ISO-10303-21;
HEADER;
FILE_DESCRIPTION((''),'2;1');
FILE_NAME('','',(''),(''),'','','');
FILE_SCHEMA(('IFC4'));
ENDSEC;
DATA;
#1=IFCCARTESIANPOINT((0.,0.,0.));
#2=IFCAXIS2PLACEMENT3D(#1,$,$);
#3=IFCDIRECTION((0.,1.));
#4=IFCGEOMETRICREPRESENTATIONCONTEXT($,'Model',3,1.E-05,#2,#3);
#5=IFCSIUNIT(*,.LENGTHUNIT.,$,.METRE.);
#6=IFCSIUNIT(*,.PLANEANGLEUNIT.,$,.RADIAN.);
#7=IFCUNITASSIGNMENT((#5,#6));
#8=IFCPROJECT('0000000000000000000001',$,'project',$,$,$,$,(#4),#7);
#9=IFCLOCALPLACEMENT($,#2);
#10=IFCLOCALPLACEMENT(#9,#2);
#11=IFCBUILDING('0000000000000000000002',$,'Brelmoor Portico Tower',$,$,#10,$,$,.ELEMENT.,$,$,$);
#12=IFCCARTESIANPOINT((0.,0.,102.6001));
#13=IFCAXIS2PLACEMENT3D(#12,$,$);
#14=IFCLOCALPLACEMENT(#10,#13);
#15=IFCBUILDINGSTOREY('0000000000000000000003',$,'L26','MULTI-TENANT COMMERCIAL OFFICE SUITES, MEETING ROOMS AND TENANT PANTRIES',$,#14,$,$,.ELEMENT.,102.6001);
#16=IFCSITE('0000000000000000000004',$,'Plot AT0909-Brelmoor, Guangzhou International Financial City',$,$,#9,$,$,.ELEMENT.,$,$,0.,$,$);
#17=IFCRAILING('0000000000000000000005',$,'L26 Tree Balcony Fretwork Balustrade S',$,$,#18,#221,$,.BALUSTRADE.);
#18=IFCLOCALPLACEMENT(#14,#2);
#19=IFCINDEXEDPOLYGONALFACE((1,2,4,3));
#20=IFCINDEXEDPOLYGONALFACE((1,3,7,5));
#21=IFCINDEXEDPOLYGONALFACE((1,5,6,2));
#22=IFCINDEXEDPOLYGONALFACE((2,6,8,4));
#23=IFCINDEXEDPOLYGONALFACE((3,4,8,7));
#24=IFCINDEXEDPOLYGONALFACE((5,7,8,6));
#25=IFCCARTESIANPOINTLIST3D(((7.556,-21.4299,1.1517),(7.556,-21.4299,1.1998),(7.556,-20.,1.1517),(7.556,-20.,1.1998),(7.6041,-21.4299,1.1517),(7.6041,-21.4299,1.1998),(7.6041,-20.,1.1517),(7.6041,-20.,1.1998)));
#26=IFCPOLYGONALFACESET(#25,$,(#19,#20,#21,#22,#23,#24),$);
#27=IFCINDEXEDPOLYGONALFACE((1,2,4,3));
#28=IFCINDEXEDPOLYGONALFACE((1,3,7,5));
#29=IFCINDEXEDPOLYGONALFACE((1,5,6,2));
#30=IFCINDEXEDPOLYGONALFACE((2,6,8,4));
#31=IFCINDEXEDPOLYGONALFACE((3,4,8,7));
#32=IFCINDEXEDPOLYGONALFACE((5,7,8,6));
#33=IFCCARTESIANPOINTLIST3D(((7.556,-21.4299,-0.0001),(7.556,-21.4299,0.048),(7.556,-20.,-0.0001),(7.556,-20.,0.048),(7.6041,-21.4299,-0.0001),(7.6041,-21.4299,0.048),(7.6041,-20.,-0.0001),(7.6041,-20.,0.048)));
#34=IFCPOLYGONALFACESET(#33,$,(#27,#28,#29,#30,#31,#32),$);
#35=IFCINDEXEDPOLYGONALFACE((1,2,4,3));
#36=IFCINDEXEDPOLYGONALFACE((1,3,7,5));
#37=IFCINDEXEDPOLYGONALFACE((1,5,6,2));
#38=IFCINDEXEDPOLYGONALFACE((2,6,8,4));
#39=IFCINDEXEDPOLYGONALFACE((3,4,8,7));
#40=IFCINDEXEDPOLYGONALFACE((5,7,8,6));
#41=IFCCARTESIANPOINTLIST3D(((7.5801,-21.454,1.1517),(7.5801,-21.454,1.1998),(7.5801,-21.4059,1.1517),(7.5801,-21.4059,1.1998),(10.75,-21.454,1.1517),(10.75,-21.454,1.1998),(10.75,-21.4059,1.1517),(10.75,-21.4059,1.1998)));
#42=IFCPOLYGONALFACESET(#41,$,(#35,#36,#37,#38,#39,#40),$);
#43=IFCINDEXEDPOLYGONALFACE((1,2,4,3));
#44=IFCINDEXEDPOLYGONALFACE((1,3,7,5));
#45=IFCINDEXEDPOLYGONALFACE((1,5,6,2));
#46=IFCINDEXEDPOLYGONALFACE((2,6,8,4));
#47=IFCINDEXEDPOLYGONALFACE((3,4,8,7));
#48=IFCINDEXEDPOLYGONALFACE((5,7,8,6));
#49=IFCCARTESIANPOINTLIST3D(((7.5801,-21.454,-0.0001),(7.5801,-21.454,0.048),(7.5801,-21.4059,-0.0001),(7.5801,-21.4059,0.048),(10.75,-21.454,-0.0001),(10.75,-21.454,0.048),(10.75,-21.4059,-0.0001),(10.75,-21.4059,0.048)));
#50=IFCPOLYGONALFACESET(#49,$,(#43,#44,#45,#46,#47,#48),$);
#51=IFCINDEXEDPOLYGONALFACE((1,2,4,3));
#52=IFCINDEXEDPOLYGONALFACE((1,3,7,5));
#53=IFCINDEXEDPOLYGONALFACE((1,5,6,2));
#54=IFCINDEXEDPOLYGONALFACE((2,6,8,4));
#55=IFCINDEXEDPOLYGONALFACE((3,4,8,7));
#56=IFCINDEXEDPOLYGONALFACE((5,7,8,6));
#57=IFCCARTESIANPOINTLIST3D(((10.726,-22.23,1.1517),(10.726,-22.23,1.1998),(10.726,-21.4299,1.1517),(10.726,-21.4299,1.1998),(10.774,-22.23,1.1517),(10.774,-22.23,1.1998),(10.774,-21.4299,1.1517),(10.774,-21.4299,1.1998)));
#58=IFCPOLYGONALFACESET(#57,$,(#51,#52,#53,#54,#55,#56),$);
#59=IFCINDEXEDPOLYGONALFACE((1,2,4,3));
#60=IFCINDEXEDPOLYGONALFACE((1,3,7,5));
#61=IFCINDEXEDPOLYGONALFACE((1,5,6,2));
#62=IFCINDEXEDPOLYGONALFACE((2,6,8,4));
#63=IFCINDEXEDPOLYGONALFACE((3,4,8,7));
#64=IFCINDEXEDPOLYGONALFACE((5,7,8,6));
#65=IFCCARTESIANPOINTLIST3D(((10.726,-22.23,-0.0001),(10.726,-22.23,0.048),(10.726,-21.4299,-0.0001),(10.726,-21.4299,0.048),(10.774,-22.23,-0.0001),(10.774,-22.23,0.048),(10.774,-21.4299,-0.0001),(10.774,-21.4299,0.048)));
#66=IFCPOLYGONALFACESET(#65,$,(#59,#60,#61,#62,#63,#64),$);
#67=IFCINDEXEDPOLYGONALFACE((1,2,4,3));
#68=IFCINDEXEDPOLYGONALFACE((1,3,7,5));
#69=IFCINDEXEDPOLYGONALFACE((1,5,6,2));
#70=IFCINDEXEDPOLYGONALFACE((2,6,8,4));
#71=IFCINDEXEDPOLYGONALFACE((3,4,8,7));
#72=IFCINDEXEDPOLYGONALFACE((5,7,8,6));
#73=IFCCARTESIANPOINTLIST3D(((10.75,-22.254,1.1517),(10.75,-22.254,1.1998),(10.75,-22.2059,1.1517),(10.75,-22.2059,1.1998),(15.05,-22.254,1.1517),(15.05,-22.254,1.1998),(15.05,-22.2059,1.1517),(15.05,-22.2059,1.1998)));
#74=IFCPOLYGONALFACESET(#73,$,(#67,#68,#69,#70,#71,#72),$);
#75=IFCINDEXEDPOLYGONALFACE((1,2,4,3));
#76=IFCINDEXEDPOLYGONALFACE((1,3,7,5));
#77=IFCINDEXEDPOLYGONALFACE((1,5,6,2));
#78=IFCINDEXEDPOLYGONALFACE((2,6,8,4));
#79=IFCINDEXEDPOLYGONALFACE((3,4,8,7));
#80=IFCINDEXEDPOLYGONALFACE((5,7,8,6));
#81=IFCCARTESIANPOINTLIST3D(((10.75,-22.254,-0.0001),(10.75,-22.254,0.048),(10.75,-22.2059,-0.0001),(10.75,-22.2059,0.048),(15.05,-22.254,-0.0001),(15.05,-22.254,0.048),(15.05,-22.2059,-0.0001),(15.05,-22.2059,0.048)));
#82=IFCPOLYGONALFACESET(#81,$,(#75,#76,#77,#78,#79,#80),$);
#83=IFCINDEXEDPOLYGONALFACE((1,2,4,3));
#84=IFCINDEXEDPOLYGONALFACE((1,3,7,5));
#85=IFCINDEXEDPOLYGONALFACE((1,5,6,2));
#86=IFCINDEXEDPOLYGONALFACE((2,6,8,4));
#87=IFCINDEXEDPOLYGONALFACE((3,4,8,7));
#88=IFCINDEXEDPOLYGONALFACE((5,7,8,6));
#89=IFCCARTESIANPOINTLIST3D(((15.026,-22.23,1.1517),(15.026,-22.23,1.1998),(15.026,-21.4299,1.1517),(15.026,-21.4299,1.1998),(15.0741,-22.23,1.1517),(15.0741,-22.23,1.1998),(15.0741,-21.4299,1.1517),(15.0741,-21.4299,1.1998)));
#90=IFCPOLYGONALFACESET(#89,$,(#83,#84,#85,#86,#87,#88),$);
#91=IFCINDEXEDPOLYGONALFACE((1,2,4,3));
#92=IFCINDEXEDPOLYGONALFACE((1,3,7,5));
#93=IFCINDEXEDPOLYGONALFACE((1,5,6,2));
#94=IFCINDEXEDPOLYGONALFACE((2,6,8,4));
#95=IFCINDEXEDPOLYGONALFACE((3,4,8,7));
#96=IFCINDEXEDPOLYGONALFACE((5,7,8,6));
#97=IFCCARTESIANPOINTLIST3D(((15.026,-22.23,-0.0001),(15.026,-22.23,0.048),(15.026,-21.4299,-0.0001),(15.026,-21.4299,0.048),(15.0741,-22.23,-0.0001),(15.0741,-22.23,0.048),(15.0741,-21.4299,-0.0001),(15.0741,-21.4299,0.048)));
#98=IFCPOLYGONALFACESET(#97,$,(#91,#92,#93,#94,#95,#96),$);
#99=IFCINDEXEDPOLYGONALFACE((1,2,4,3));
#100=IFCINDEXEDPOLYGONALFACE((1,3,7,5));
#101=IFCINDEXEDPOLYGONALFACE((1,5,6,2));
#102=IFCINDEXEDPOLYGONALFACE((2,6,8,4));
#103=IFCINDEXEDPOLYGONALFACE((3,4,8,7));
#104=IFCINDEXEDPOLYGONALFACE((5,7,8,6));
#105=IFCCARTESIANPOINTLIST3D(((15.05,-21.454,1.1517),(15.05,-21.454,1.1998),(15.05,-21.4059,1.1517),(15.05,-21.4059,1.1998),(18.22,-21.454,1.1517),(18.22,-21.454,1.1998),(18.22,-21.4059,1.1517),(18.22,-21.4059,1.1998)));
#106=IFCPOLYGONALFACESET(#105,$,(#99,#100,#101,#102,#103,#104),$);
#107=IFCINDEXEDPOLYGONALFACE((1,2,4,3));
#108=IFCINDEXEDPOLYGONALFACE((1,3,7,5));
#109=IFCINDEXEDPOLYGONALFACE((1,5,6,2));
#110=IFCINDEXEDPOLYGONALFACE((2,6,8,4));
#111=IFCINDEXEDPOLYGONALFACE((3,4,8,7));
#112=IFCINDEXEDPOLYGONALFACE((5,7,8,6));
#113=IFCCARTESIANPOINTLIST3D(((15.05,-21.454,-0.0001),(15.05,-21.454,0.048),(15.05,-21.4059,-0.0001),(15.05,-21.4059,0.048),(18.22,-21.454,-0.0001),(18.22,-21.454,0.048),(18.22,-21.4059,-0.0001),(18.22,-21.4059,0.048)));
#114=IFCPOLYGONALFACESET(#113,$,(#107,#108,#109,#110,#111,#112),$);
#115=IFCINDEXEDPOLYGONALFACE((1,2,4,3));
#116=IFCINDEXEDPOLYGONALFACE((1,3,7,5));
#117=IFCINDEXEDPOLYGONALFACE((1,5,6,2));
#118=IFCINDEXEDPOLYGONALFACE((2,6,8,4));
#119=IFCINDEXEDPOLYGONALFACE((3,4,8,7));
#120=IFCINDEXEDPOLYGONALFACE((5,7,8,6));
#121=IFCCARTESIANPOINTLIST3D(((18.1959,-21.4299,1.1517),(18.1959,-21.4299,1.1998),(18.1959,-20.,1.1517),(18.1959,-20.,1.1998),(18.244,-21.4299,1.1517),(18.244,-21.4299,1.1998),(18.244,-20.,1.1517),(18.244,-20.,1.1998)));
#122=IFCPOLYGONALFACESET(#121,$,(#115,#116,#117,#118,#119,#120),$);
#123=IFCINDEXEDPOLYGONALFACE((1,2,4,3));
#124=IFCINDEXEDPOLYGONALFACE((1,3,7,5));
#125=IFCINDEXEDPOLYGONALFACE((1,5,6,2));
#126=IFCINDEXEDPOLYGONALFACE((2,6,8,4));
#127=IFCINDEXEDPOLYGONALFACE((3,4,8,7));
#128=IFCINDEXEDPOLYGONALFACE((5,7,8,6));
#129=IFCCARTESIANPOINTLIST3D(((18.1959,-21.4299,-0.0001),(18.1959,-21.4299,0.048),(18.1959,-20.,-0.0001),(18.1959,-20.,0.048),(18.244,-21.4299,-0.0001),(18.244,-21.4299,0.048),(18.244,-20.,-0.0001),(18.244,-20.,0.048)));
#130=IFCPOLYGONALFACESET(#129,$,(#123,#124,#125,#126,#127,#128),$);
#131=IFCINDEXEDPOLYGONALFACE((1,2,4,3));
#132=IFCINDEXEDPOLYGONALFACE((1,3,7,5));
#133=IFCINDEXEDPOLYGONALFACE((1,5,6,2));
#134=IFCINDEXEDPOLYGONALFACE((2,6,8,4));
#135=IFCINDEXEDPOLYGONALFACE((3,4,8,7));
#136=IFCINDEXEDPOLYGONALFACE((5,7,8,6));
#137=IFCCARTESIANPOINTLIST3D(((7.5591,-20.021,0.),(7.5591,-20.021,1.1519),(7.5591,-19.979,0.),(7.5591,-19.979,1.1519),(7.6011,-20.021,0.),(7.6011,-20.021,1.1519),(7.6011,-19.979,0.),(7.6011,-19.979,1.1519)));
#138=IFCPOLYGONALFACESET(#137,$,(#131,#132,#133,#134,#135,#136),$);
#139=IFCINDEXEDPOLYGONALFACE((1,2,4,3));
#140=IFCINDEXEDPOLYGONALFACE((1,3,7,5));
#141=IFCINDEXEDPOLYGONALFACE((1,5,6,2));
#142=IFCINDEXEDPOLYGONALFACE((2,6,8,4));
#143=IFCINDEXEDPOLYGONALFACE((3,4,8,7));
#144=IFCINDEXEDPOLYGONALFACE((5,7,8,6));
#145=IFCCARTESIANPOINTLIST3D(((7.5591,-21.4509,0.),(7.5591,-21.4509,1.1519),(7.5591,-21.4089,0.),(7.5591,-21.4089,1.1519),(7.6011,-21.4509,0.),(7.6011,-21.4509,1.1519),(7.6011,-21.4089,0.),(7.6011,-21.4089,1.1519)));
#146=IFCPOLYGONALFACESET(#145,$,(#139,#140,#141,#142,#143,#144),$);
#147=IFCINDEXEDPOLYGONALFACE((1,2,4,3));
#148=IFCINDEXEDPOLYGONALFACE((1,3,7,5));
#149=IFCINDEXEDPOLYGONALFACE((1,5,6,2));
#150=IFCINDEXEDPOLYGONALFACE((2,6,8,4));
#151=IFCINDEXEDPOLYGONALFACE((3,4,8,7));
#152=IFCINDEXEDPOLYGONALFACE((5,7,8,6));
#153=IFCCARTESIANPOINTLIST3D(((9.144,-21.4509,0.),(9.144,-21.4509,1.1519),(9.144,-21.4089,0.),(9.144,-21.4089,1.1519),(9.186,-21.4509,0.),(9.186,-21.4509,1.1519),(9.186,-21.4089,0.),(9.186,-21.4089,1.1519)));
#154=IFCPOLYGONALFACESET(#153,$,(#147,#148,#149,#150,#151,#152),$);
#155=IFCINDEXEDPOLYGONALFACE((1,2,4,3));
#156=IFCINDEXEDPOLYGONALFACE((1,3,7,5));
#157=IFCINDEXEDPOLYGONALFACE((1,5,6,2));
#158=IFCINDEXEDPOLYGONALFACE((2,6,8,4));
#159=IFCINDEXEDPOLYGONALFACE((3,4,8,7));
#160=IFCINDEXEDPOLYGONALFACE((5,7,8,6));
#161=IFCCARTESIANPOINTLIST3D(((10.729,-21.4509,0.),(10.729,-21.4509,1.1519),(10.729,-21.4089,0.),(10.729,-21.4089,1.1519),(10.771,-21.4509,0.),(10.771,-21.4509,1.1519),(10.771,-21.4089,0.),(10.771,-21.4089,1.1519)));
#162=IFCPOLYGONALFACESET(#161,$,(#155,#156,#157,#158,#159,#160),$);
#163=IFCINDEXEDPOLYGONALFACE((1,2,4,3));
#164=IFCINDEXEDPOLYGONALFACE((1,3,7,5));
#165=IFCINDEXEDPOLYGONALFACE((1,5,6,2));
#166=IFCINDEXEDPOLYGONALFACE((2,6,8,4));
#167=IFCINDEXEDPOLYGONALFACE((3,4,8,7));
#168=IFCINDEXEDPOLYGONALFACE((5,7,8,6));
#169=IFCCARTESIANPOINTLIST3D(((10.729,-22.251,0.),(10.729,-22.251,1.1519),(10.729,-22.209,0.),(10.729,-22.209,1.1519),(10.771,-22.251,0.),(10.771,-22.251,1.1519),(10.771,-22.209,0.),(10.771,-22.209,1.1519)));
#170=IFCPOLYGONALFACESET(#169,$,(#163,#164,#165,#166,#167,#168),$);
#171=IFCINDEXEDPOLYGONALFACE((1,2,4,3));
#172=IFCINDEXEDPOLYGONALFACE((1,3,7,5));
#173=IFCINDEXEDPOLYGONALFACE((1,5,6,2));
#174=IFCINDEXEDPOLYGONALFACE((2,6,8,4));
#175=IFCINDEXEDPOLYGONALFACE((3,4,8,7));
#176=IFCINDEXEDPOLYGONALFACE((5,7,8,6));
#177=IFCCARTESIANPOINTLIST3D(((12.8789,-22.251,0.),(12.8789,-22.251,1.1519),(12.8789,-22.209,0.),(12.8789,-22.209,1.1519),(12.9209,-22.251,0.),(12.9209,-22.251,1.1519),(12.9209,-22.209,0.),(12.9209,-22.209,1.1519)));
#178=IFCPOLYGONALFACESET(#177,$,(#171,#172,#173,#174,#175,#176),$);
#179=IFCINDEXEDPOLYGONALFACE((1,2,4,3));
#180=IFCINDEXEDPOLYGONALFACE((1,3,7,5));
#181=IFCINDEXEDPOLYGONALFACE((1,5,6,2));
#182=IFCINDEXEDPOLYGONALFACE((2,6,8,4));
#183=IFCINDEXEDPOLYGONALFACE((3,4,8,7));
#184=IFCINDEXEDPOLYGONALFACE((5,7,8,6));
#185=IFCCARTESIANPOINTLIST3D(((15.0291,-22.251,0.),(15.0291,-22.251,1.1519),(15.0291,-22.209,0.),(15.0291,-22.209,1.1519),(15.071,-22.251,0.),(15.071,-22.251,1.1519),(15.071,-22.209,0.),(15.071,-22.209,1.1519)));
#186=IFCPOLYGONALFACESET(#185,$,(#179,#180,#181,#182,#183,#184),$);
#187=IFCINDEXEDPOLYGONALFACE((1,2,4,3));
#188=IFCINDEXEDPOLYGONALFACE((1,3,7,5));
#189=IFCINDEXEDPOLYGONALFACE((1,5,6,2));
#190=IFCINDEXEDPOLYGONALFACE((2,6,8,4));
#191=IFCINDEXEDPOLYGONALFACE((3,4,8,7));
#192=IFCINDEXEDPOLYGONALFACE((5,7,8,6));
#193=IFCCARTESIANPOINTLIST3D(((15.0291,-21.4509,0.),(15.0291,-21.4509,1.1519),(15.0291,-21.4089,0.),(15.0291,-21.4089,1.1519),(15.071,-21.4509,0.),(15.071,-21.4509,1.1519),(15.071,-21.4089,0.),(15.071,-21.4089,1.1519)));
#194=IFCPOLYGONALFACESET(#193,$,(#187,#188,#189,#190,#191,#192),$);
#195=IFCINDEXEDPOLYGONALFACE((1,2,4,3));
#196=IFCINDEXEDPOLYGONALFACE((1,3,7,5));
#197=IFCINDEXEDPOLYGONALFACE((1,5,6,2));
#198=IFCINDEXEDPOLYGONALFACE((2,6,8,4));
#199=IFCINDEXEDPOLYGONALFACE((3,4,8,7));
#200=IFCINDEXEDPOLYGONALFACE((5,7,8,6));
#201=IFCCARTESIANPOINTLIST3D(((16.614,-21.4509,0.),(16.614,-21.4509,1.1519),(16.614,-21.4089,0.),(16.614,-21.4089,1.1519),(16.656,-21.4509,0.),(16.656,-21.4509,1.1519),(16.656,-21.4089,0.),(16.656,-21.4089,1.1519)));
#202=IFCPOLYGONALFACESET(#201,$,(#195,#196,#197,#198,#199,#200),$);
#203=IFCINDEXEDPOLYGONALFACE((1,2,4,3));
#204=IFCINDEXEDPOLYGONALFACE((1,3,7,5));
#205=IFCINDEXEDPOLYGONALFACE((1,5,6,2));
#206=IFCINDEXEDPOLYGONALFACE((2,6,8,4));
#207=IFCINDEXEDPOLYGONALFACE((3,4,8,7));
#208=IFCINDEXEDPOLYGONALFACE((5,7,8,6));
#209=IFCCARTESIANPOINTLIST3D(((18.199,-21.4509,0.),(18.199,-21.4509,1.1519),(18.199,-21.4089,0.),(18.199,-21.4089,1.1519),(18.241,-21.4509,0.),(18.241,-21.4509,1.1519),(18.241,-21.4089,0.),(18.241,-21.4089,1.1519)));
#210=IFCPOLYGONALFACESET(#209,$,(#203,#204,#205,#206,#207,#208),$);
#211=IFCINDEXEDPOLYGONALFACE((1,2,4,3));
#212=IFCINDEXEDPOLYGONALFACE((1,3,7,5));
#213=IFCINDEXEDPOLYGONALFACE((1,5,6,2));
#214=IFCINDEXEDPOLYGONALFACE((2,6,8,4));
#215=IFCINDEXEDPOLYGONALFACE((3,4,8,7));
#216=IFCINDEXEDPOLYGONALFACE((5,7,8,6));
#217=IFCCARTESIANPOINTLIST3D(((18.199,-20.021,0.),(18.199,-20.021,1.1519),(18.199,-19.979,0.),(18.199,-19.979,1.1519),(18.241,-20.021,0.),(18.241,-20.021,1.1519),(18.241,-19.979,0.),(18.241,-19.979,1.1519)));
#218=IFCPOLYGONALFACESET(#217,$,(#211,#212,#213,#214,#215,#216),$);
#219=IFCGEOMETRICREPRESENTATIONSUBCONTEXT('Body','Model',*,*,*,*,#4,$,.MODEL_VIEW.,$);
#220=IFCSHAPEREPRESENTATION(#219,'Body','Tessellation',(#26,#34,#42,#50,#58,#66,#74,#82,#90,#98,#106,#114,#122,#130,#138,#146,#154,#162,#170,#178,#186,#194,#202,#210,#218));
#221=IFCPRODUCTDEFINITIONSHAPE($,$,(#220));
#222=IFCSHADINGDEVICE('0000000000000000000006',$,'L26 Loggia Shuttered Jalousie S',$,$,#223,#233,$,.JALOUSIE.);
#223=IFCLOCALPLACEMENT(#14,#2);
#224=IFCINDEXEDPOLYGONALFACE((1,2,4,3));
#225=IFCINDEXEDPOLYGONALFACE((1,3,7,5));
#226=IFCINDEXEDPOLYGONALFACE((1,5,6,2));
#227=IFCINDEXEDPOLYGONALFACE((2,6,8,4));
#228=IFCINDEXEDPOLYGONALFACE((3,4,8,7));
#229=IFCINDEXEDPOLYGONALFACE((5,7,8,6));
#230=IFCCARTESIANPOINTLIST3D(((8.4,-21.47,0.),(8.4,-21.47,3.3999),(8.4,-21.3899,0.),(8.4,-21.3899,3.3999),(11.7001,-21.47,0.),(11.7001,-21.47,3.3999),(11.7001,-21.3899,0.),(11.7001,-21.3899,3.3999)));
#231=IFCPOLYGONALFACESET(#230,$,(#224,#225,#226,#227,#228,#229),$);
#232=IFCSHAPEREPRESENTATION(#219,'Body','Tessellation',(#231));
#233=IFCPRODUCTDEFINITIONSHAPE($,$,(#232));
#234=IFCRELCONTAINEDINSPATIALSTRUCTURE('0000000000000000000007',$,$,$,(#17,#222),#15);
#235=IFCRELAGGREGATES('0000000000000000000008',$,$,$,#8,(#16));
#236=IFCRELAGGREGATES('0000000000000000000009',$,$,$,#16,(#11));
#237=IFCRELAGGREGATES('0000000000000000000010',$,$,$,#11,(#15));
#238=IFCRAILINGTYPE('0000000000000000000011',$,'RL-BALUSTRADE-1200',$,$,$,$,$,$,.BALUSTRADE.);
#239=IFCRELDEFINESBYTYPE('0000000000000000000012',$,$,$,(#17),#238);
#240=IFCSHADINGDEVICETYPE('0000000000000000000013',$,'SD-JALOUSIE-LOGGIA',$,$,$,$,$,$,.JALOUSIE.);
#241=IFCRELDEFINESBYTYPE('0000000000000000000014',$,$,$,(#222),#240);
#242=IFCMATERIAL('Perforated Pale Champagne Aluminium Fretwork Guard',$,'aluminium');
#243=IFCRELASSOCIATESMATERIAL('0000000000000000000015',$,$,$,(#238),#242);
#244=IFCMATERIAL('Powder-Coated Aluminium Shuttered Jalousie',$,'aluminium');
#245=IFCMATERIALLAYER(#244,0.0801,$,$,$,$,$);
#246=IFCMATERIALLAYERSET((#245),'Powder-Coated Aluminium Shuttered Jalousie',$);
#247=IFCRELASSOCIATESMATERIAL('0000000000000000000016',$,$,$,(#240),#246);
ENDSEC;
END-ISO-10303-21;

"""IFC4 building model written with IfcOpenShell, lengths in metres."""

from ifc_helpers import new_model, si_unit, direction, frame, origin, origin_2d, place, context, subcontext, project, spatial, rectangle, extrude, material, layer, layer_set, type_object, element, save


model = new_model("IFC4")

# Units and contexts
model_context = context("Model", 3, precision=1e-05, world=origin(), true_north=direction((0.0, 1.0)))
body_context = subcontext(model_context, "Body", "Model", "MODEL_VIEW")
ifc_project = project(units=[si_unit("LENGTHUNIT", "METRE"), si_unit("PLANEANGLEUNIT", "RADIAN")], contexts=[model_context])

# Site, building, storey
site_placement = place(None, origin())
site = spatial("IfcSite", under=ifc_project, at=site_placement, Name="Plot AT0909-Brelmoor, Guangzhou International Financial City", CompositionType="ELEMENT", RefElevation=0.0)
building_placement = place(site_placement, origin())
building = spatial("IfcBuilding", under=site, at=building_placement, Name="Brelmoor Portico Tower", CompositionType="ELEMENT")
storey_placement = place(building_placement, frame((0.0, 0.0, 102.6001)))
storey = spatial("IfcBuildingStorey", under=building, at=storey_placement, Name="L26", Description="MULTI-TENANT COMMERCIAL OFFICE SUITES, MEETING ROOMS AND TENANT PANTRIES", CompositionType="ELEMENT", Elevation=102.6001)

# Railing
ifc_material_1 = material(Name="Perforated Pale Champagne Aluminium Fretwork Guard", Category="aluminium")
railing_type = type_object("IfcRailingType", Name="RL-BALUSTRADE-1200", PredefinedType="BALUSTRADE", material=ifc_material_1)
railing_placement = place(storey_placement, frame((7.5801, -20.0, 0.0)))
element("IfcRailing", 1, at=railing_placement, inside=storey, type_object=railing_type, Name="L26 Tree Balcony Fretwork Balustrade S", PredefinedType="BALUSTRADE", context=body_context, shape_type="SweptSolid", body=[
    extrude(rectangle(XDim=0.0481, YDim=0.0481, at=origin_2d()), frame((0.0, 0.0, 1.1758), z_axis=(0.0, -1.0, 0.0), x_axis=(1.0, 0.0, 0.0)), (0.0, 0.0, 1.0), 1.4299),
    extrude(rectangle(XDim=0.0481, YDim=0.0481, at=origin_2d()), frame((0.0, 0.0, 0.0239), z_axis=(0.0, -1.0, 0.0), x_axis=(1.0, 0.0, 0.0)), (0.0, 0.0, 1.0), 1.4299),
    extrude(rectangle(XDim=0.0481, YDim=0.0481, at=origin_2d()), frame((0.0, -1.4299, 1.1758), z_axis=(1.0, 0.0, 0.0), x_axis=(0.0, 1.0, 0.0)), (0.0, 0.0, 1.0), 3.1699),
    extrude(rectangle(XDim=0.0481, YDim=0.0481, at=origin_2d()), frame((0.0, -1.4299, 0.0239), z_axis=(1.0, 0.0, 0.0), x_axis=(0.0, 1.0, 0.0)), (0.0, 0.0, 1.0), 3.1699),
    extrude(rectangle(XDim=0.0481, YDim=0.0481, at=origin_2d()), frame((3.1699, -1.4299, 1.1758), z_axis=(0.0, -1.0, 0.0), x_axis=(1.0, 0.0, 0.0)), (0.0, 0.0, 1.0), 0.8),
    extrude(rectangle(XDim=0.0481, YDim=0.0481, at=origin_2d()), frame((3.1699, -1.4299, 0.0239), z_axis=(0.0, -1.0, 0.0), x_axis=(1.0, 0.0, 0.0)), (0.0, 0.0, 1.0), 0.8),
    extrude(rectangle(XDim=0.0481, YDim=0.0481, at=origin_2d()), frame((3.1699, -2.23, 1.1758), z_axis=(1.0, 0.0, 0.0), x_axis=(0.0, 1.0, 0.0)), (0.0, 0.0, 1.0), 4.3),
    extrude(rectangle(XDim=0.0481, YDim=0.0481, at=origin_2d()), frame((3.1699, -2.23, 0.0239), z_axis=(1.0, 0.0, 0.0), x_axis=(0.0, 1.0, 0.0)), (0.0, 0.0, 1.0), 4.3),
    extrude(rectangle(XDim=0.0481, YDim=0.0481, at=origin_2d()), frame((7.47, -2.23, 1.1758), z_axis=(0.0, 1.0, 0.0), x_axis=(-1.0, 0.0, 0.0)), (0.0, 0.0, 1.0), 0.8),
    extrude(rectangle(XDim=0.0481, YDim=0.0481, at=origin_2d()), frame((7.47, -2.23, 0.0239), z_axis=(0.0, 1.0, 0.0), x_axis=(-1.0, 0.0, 0.0)), (0.0, 0.0, 1.0), 0.8),
    extrude(rectangle(XDim=0.0481, YDim=0.0481, at=origin_2d()), frame((7.47, -1.4299, 1.1758), z_axis=(1.0, 0.0, 0.0), x_axis=(0.0, 1.0, 0.0)), (0.0, 0.0, 1.0), 3.1699),
    extrude(rectangle(XDim=0.0481, YDim=0.0481, at=origin_2d()), frame((7.47, -1.4299, 0.0239), z_axis=(1.0, 0.0, 0.0), x_axis=(0.0, 1.0, 0.0)), (0.0, 0.0, 1.0), 3.1699),
    extrude(rectangle(XDim=0.0481, YDim=0.0481, at=origin_2d()), frame((10.6399, -1.4299, 1.1758), z_axis=(0.0, 1.0, 0.0), x_axis=(-1.0, 0.0, 0.0)), (0.0, 0.0, 1.0), 1.4299),
    extrude(rectangle(XDim=0.0481, YDim=0.0481, at=origin_2d()), frame((10.6399, -1.4299, 0.0239), z_axis=(0.0, 1.0, 0.0), x_axis=(-1.0, 0.0, 0.0)), (0.0, 0.0, 1.0), 1.4299),
    extrude(rectangle(XDim=0.042, YDim=0.042, at=origin_2d()), origin(), (0.0, 0.0, 1.0), 1.1519),
    extrude(rectangle(XDim=0.042, YDim=0.042, at=origin_2d()), frame((0.0, -1.4299, 0.0)), (0.0, 0.0, 1.0), 1.1519),
    extrude(rectangle(XDim=0.042, YDim=0.042, at=origin_2d()), frame((1.585, -1.4299, 0.0)), (0.0, 0.0, 1.0), 1.1519),
    extrude(rectangle(XDim=0.042, YDim=0.042, at=origin_2d()), frame((3.1699, -1.4299, 0.0)), (0.0, 0.0, 1.0), 1.1519),
    extrude(rectangle(XDim=0.042, YDim=0.042, at=origin_2d()), frame((3.1699, -2.23, 0.0)), (0.0, 0.0, 1.0), 1.1519),
    extrude(rectangle(XDim=0.042, YDim=0.042, at=origin_2d()), frame((5.3198, -2.23, 0.0)), (0.0, 0.0, 1.0), 1.1519),
    extrude(rectangle(XDim=0.042, YDim=0.042, at=origin_2d()), frame((7.47, -2.23, 0.0)), (0.0, 0.0, 1.0), 1.1519),
    extrude(rectangle(XDim=0.042, YDim=0.042, at=origin_2d()), frame((7.47, -1.4299, 0.0)), (0.0, 0.0, 1.0), 1.1519),
    extrude(rectangle(XDim=0.042, YDim=0.042, at=origin_2d()), frame((9.0549, -1.4299, 0.0)), (0.0, 0.0, 1.0), 1.1519),
    extrude(rectangle(XDim=0.042, YDim=0.042, at=origin_2d()), frame((10.6399, -1.4299, 0.0)), (0.0, 0.0, 1.0), 1.1519),
    extrude(rectangle(XDim=0.042, YDim=0.042, at=origin_2d()), frame((10.6399, 0.0, 0.0)), (0.0, 0.0, 1.0), 1.1519),
])

# Shading device
ifc_material_2 = material(Name="Powder-Coated Aluminium Shuttered Jalousie", Category="aluminium")
ifc_layer_1 = layer(ifc_material_2, 0.0801)
ifc_layer_set_1 = layer_set([ifc_layer_1], Name="Powder-Coated Aluminium Shuttered Jalousie")
shading_device_type = type_object("IfcShadingDeviceType", Name="SD-JALOUSIE-LOGGIA", PredefinedType="JALOUSIE", material=ifc_layer_set_1)
shading_device_placement = place(storey_placement, frame((10.05, -21.4299, 0.0), z_axis=(0.0, 0.0, 1.0), x_axis=(1.0, 0.0, 0.0)))
element("IfcShadingDevice", 2, at=shading_device_placement, inside=storey, type_object=shading_device_type, Name="L26 Loggia Shuttered Jalousie S", PredefinedType="JALOUSIE", context=body_context, shape_type="SweptSolid", body=[
    extrude(rectangle(XDim=3.3, YDim=0.0801, at=origin_2d()), origin(), (0.0, 0.0, 1.0), 3.3999),
])

save(model, "model.ifc")
